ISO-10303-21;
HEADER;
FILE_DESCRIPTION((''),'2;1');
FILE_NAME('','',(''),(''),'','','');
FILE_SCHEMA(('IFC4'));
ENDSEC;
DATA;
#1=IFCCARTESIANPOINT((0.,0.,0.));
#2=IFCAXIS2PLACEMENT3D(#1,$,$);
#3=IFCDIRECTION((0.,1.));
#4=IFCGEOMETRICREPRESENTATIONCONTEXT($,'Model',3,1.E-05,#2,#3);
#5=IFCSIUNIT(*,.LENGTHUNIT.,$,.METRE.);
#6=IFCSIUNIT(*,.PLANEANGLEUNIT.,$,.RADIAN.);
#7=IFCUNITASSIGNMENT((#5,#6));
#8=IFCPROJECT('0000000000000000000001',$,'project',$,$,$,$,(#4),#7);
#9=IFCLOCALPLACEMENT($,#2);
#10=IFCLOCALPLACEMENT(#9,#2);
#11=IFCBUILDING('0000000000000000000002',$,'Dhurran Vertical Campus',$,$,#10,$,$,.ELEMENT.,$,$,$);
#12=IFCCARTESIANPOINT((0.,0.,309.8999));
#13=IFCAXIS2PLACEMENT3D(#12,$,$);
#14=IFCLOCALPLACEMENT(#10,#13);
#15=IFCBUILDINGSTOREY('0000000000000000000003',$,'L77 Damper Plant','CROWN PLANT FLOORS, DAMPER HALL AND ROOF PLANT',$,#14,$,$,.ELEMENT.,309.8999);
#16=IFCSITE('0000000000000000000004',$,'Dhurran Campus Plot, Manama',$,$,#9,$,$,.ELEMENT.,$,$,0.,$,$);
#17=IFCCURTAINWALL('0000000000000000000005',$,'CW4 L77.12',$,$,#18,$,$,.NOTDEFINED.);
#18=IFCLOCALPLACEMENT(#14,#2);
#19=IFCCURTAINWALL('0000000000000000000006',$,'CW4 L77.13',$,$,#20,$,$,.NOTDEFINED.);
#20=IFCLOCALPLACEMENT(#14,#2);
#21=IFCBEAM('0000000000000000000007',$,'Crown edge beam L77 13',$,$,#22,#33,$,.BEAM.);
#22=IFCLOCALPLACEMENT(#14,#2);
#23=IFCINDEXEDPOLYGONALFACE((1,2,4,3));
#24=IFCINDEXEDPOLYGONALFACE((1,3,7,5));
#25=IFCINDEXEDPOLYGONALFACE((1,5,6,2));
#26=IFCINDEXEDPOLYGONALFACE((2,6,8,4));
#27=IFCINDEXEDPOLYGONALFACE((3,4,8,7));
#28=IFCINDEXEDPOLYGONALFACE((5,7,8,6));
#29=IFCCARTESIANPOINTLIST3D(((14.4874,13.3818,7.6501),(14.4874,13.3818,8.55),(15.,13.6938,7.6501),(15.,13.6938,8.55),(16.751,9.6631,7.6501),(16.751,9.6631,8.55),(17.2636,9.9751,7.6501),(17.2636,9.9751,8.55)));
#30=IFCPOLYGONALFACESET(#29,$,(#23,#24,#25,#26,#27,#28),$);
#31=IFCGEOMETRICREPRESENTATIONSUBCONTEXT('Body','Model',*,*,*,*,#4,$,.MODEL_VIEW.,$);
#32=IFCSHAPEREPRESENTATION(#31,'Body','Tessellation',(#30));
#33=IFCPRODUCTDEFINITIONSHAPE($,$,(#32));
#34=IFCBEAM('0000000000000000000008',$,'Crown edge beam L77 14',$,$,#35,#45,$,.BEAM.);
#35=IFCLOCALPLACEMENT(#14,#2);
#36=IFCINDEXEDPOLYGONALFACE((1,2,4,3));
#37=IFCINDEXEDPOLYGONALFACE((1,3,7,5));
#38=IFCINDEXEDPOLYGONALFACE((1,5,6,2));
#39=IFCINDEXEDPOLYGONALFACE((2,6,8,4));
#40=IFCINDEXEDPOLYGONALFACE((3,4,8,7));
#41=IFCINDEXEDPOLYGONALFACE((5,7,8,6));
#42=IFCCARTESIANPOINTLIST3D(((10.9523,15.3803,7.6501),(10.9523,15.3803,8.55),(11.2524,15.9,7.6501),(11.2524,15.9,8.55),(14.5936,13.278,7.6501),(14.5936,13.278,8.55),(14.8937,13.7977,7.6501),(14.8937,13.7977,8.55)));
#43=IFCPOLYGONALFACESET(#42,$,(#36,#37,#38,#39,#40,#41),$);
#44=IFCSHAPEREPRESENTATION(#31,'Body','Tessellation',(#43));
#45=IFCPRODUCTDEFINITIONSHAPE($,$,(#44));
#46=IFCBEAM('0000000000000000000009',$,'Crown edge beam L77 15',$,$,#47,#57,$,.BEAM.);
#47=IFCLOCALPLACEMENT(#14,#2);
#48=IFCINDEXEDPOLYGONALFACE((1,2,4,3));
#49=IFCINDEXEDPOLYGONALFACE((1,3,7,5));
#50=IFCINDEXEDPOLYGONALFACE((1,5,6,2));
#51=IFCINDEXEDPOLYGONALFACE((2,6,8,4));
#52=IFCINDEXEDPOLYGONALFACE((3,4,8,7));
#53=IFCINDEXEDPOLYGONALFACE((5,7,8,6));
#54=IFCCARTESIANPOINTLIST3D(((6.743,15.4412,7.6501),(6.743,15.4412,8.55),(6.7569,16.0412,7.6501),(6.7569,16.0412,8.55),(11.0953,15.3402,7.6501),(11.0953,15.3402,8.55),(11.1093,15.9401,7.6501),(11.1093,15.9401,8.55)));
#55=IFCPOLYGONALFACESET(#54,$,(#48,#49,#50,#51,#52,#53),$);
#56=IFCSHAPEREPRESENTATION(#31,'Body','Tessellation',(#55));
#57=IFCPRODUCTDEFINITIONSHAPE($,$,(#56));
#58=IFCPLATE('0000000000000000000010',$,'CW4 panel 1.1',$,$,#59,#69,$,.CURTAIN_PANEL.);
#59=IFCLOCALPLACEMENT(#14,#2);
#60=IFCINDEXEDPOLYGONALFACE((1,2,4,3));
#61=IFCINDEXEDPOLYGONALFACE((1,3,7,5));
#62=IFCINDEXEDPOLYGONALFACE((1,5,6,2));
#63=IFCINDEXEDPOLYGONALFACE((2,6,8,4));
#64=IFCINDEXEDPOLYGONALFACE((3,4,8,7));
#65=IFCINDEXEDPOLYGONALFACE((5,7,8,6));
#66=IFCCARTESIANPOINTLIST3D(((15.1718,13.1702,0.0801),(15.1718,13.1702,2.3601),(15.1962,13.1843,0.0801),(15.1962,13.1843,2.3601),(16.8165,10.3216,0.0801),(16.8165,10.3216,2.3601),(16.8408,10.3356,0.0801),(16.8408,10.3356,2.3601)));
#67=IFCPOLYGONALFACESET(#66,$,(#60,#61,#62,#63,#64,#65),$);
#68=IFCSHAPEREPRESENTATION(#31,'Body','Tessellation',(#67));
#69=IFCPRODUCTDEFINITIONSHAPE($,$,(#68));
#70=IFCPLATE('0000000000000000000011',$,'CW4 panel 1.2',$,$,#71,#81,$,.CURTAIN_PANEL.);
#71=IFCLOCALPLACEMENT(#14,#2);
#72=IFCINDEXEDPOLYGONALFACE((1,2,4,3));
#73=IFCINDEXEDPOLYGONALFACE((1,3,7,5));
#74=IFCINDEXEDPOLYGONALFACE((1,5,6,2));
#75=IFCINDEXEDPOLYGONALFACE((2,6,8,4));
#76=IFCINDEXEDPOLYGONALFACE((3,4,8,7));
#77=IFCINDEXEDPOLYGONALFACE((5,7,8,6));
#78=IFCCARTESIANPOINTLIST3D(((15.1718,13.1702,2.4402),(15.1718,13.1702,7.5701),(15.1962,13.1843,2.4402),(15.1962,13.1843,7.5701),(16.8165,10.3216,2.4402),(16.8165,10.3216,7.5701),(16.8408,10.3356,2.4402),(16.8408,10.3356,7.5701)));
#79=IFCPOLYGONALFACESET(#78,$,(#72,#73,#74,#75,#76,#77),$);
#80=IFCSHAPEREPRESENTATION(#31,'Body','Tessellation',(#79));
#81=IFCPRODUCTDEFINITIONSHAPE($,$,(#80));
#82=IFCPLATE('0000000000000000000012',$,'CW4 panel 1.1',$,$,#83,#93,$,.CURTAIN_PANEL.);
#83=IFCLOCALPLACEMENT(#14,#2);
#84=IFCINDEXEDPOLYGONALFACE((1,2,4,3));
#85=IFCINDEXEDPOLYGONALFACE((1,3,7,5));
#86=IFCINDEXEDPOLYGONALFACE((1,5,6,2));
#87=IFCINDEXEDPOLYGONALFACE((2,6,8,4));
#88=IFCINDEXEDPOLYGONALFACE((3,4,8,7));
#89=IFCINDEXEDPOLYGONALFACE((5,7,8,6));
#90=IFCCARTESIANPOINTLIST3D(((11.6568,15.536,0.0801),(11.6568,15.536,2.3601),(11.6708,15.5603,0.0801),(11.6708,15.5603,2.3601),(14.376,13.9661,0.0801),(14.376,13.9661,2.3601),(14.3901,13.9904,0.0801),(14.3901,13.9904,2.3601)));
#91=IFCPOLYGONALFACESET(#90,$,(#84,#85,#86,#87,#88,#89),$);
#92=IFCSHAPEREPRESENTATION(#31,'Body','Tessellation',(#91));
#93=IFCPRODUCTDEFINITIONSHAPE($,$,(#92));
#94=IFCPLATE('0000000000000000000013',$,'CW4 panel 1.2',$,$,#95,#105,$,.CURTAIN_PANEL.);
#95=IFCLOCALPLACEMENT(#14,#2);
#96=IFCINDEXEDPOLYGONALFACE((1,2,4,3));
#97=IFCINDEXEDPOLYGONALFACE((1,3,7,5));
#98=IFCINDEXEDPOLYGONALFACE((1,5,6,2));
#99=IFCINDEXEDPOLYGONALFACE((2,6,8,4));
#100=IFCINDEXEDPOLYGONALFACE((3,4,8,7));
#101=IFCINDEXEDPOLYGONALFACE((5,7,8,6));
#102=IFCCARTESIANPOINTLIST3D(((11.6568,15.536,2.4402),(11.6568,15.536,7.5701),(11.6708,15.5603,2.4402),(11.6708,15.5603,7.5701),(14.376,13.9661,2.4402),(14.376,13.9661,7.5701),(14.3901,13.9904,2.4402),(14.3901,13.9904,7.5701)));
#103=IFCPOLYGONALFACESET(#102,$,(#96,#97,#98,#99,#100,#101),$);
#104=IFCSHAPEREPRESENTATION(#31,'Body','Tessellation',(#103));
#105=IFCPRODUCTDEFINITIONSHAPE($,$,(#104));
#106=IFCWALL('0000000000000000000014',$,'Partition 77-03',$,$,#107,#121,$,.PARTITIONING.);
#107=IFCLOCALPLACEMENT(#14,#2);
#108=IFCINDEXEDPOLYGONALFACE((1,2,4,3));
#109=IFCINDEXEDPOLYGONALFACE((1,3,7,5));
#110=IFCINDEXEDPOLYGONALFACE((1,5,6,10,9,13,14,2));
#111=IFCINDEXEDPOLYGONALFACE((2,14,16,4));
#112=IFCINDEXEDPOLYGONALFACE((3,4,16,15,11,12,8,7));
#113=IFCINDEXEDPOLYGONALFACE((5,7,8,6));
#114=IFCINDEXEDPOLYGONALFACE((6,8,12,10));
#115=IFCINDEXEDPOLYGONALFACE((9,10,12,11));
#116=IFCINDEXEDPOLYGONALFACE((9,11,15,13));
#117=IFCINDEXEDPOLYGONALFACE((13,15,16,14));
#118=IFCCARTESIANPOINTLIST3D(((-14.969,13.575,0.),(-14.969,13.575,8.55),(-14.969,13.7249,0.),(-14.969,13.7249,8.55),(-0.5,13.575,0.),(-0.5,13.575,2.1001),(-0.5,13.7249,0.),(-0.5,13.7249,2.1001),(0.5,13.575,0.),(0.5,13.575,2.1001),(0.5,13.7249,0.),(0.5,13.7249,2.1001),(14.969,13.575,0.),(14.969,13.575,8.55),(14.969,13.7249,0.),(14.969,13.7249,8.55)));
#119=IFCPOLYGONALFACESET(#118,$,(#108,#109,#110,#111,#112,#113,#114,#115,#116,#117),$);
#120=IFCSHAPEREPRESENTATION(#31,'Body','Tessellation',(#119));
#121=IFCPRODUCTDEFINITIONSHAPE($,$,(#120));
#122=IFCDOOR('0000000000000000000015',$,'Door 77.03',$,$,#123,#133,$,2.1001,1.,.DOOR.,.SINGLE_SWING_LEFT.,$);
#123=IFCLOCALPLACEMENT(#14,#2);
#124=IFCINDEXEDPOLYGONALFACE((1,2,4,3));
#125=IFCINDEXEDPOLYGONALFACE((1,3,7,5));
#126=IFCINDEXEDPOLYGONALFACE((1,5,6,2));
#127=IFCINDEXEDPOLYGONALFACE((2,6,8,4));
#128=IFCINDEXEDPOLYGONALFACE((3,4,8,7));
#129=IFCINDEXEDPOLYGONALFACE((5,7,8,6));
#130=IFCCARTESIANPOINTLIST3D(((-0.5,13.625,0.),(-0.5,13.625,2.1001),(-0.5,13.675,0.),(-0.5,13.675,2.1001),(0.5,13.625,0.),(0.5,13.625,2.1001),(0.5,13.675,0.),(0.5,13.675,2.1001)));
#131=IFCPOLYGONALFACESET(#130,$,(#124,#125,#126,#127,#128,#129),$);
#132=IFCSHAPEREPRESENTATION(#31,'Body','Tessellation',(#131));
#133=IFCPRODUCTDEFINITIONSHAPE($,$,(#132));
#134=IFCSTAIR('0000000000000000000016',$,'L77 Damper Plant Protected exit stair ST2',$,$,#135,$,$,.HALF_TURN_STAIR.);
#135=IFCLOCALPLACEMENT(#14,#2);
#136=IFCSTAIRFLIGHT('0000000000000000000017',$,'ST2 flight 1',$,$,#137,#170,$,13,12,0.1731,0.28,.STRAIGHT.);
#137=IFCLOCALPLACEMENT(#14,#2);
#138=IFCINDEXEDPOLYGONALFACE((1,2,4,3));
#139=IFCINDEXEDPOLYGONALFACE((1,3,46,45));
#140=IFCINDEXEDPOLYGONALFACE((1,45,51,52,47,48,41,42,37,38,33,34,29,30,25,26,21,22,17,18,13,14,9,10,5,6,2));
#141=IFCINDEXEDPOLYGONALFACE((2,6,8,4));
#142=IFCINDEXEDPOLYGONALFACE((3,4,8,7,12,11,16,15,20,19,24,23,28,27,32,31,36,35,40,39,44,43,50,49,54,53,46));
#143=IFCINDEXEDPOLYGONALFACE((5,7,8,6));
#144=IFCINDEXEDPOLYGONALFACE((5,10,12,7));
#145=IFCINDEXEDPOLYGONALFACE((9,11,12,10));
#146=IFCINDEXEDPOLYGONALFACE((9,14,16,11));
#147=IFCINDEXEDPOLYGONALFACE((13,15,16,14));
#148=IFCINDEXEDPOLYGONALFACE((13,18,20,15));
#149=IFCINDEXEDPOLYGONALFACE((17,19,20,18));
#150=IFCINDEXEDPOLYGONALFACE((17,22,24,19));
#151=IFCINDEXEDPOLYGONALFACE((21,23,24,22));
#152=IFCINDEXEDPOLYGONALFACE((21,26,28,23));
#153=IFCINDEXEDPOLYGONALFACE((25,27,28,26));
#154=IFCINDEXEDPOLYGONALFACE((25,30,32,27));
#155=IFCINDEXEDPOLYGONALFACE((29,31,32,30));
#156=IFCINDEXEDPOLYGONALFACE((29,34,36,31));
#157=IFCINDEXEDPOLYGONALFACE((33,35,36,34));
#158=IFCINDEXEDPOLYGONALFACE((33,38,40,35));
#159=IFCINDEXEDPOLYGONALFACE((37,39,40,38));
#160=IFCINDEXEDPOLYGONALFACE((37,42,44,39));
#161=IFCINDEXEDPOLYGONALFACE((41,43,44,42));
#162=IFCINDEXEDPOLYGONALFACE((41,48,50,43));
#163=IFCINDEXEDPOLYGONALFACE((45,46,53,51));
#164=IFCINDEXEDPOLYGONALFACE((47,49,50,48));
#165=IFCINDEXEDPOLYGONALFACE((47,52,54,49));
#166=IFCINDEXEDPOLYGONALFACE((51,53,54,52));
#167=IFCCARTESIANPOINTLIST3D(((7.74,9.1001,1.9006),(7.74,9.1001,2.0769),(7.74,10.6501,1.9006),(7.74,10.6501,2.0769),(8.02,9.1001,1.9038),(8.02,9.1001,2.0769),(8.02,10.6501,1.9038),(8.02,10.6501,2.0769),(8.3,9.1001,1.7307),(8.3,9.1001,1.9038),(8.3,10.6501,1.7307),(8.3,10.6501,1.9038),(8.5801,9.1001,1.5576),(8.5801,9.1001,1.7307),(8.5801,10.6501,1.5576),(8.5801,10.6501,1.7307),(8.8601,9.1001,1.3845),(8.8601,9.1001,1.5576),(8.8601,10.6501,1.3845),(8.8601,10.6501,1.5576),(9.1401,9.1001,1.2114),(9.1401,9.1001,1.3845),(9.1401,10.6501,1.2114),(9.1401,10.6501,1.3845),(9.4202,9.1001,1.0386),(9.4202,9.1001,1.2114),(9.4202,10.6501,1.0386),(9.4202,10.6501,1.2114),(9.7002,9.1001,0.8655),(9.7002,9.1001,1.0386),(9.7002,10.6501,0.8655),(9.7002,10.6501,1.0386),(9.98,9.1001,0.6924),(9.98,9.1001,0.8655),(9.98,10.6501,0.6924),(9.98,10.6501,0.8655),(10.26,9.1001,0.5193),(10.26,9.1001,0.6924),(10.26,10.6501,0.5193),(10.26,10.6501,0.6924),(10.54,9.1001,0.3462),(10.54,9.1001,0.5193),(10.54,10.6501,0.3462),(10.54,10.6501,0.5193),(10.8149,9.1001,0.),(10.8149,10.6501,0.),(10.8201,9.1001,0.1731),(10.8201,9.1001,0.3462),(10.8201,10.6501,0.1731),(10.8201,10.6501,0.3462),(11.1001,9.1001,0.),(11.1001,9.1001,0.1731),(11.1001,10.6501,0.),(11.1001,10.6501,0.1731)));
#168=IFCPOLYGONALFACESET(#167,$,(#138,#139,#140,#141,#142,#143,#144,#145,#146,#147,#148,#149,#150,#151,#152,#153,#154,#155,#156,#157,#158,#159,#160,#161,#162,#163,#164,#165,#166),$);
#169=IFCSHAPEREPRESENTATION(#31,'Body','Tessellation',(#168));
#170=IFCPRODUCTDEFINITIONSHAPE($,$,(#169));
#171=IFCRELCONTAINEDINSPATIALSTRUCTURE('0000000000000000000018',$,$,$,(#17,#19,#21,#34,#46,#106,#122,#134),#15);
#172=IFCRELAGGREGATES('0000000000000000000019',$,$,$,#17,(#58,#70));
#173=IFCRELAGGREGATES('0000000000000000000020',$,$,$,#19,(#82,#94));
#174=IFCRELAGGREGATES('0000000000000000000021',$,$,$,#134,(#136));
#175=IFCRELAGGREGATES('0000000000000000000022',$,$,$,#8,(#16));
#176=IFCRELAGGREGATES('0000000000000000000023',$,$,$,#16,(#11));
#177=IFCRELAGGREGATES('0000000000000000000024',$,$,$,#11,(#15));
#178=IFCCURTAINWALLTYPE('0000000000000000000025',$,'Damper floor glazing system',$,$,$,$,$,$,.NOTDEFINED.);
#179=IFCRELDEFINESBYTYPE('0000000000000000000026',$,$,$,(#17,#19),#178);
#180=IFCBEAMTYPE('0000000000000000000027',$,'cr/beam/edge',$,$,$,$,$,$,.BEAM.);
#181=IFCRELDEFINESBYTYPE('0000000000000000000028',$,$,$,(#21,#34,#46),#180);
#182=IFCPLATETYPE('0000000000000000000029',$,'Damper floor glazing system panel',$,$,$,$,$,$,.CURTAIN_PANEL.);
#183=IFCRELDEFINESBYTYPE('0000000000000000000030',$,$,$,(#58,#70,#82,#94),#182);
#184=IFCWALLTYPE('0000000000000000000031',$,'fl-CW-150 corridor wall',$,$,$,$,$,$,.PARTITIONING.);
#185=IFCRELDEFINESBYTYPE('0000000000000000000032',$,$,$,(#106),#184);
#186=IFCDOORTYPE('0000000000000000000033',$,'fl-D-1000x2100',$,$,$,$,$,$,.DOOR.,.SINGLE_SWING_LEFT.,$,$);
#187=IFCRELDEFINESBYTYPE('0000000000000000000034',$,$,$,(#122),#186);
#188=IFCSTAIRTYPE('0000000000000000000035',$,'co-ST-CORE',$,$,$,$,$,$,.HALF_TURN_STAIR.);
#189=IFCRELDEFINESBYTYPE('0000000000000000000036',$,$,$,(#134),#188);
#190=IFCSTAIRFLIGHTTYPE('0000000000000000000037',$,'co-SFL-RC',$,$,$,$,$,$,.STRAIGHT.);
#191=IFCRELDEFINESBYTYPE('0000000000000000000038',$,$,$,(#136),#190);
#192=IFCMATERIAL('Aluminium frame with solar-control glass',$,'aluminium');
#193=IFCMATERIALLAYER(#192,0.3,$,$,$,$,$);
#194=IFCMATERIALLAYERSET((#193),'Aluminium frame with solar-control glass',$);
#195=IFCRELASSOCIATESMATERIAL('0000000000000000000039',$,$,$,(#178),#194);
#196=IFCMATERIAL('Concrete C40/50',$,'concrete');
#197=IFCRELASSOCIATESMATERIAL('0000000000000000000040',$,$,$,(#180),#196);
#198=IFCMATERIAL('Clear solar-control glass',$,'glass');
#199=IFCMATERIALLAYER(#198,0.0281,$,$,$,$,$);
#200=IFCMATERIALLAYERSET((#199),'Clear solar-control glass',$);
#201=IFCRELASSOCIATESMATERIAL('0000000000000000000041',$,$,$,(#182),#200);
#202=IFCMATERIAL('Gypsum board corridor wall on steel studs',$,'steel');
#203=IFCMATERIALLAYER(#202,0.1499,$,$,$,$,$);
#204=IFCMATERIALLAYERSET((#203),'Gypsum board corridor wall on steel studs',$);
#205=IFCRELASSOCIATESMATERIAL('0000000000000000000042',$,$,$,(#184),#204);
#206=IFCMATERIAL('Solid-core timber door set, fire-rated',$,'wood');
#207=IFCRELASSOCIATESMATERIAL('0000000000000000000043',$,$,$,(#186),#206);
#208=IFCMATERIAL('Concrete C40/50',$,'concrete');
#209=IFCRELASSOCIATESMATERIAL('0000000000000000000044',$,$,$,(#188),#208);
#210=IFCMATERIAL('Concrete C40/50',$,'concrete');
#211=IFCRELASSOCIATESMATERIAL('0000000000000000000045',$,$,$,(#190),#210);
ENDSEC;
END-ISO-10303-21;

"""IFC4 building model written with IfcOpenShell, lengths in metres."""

from ifc_helpers import new_model, si_unit, direction, frame, frame_2d, origin, origin_2d, place, context, subcontext, project, spatial, polyline, rectangle, outline, extrude, material, layer, layer_set, material_profile, profile_set, type_object, element, fill, aggregate, save


model = new_model("IFC4")

# Units and contexts
model_context = context("Model", 3, precision=1e-05, world=origin(), true_north=direction((0.0, 1.0)))
body_context = subcontext(model_context, "Body", "Model", "MODEL_VIEW")
ifc_project = project(units=[si_unit("LENGTHUNIT", "METRE"), si_unit("PLANEANGLEUNIT", "RADIAN")], contexts=[model_context])

# Site, building, storey
site_placement = place(None, origin())
site = spatial("IfcSite", under=ifc_project, at=site_placement, Name="Dhurran Campus Plot, Manama", CompositionType="ELEMENT", RefElevation=0.0)
building_placement = place(site_placement, origin())
building = spatial("IfcBuilding", under=site, at=building_placement, Name="Dhurran Vertical Campus", CompositionType="ELEMENT")
storey_placement = place(building_placement, frame((0.0, 0.0, 309.8999)))
storey = spatial("IfcBuildingStorey", under=building, at=storey_placement, Name="L77 Damper Plant", Description="CROWN PLANT FLOORS, DAMPER HALL AND ROOF PLANT", CompositionType="ELEMENT", Elevation=309.8999)

# Shared definitions
ifc_material_1 = material(Name="Aluminium frame with solar-control glass", Category="aluminium")
ifc_layer_1 = layer(ifc_material_1, 0.3)
ifc_layer_set_1 = layer_set([ifc_layer_1], Name="Aluminium frame with solar-control glass")
curtain_wall_type = type_object("IfcCurtainWallType", Name="Damper floor glazing system", PredefinedType="NOTDEFINED", material=ifc_layer_set_1)

# Curtain walls
curtain_wall_1_placement = place(storey_placement, origin())
curtain_wall_1 = element("IfcCurtainWall", 1, at=curtain_wall_1_placement, inside=storey, type_object=curtain_wall_type, Name="CW4 L77.12", PredefinedType="NOTDEFINED")
curtain_wall_2_placement = place(storey_placement, origin())
curtain_wall_2 = element("IfcCurtainWall", 2, at=curtain_wall_2_placement, inside=storey, type_object=curtain_wall_type, Name="CW4 L77.13", PredefinedType="NOTDEFINED")

# Beams
ifc_material_2 = material(Name="Concrete C40/50", Category="concrete")
ifc_material_profile_1 = material_profile(ifc_material_2, rectangle(XDim=0.6001, YDim=0.8999, at=origin_2d()), Name="cr/beam/edge")
ifc_profile_set_1 = profile_set([ifc_material_profile_1], Name="Concrete C40/50")
beam_type = type_object("IfcBeamType", Name="cr/beam/edge", PredefinedType="BEAM", material=ifc_profile_set_1)
beam_1_placement = place(storey_placement, frame((17.0073, 9.8191, 8.1001), z_axis=(-0.519961, 0.85419, 0.0), x_axis=(-0.85419, -0.519961, 0.0)))
element("IfcBeam", 3, at=beam_1_placement, inside=storey, type_object=beam_type, Name="Crown edge beam L77 13", PredefinedType="BEAM", context=body_context, shape_type="SweptSolid", body=[
    extrude(rectangle(XDim=0.6001, YDim=0.8999, at=origin_2d()), origin(), (0.0, 0.0, 1.0), 4.3535),
])
beam_2_placement = place(storey_placement, frame((14.7437, 13.5378, 8.1001), z_axis=(-0.86603, 0.499992, 0.0), x_axis=(-0.499992, -0.86603, 0.0)))
element("IfcBeam", 4, at=beam_2_placement, inside=storey, type_object=beam_type, Name="Crown edge beam L77 14", PredefinedType="BEAM", context=body_context, shape_type="SweptSolid", body=[
    extrude(rectangle(XDim=0.6001, YDim=0.8999, at=origin_2d()), origin(), (0.0, 0.0, 1.0), 4.2046),
])
beam_3_placement = place(storey_placement, frame((11.1023, 15.6401, 8.1001), z_axis=(-0.99973, 0.023217, 0.0), x_axis=(-0.023217, -0.99973, 0.0)))
element("IfcBeam", 5, at=beam_3_placement, inside=storey, type_object=beam_type, Name="Crown edge beam L77 15", PredefinedType="BEAM", context=body_context, shape_type="SweptSolid", body=[
    extrude(rectangle(XDim=0.6001, YDim=0.8999, at=origin_2d()), origin(), (0.0, 0.0, 1.0), 4.3535),
])

# Plates
ifc_material_3 = material(Name="Clear solar-control glass", Category="glass")
ifc_layer_2 = layer(ifc_material_3, 0.0281)
ifc_layer_set_2 = layer_set([ifc_layer_2], Name="Clear solar-control glass")
plate_type = type_object("IfcPlateType", Name="Damper floor glazing system panel", PredefinedType="CURTAIN_PANEL", material=ifc_layer_set_2)
plate_1_placement = place(storey_placement, frame((16.0063, 11.7529, 0.0801), z_axis=(0.0, 0.0, 1.0), x_axis=(-0.500009, 0.86602, 0.0)))
plate_1 = element("IfcPlate", 6, at=plate_1_placement, type_object=plate_type, Name="CW4 panel 1.1", PredefinedType="CURTAIN_PANEL", context=body_context, shape_type="SweptSolid", body=[
    extrude(rectangle(XDim=3.2893, YDim=0.0281, at=origin_2d()), origin(), (0.0, 0.0, 1.0), 2.28),
])
plate_2_placement = place(storey_placement, frame((16.0063, 11.7529, 2.4402), z_axis=(0.0, 0.0, 1.0), x_axis=(-0.500009, 0.86602, 0.0)))
plate_2 = element("IfcPlate", 7, at=plate_2_placement, type_object=plate_type, Name="CW4 panel 1.2", PredefinedType="CURTAIN_PANEL", context=body_context, shape_type="SweptSolid", body=[
    extrude(rectangle(XDim=3.2893, YDim=0.0281, at=origin_2d()), origin(), (0.0, 0.0, 1.0), 5.1299),
])
aggregate(curtain_wall_1, [plate_1, plate_2])
plate_3_placement = place(storey_placement, frame((13.0234, 14.7632, 0.0801), z_axis=(0.0, 0.0, 1.0), x_axis=(-0.866025, 0.500001, 0.0)))
plate_3 = element("IfcPlate", 8, at=plate_3_placement, type_object=plate_type, Name="CW4 panel 1.1", PredefinedType="CURTAIN_PANEL", context=body_context, shape_type="SweptSolid", body=[
    extrude(rectangle(XDim=3.1399, YDim=0.0281, at=origin_2d()), origin(), (0.0, 0.0, 1.0), 2.28),
])
plate_4_placement = place(storey_placement, frame((13.0234, 14.7632, 2.4402), z_axis=(0.0, 0.0, 1.0), x_axis=(-0.866025, 0.500001, 0.0)))
plate_4 = element("IfcPlate", 9, at=plate_4_placement, type_object=plate_type, Name="CW4 panel 1.2", PredefinedType="CURTAIN_PANEL", context=body_context, shape_type="SweptSolid", body=[
    extrude(rectangle(XDim=3.1399, YDim=0.0281, at=origin_2d()), origin(), (0.0, 0.0, 1.0), 5.1299),
])
aggregate(curtain_wall_2, [plate_3, plate_4])

# Wall, opening, door
ifc_material_4 = material(Name="Gypsum board corridor wall on steel studs", Category="steel")
ifc_layer_3 = layer(ifc_material_4, 0.1499)
ifc_layer_set_3 = layer_set([ifc_layer_3], Name="Gypsum board corridor wall on steel studs")
wall_type = type_object("IfcWallType", Name="fl-CW-150 corridor wall", PredefinedType="PARTITIONING", material=ifc_layer_set_3)
wall_placement = place(storey_placement, frame((14.969, 13.6499, 0.0), z_axis=(0.0, 0.0, 1.0), x_axis=(-1.0, 0.0, 0.0)))
wall = element("IfcWall", 10, at=wall_placement, inside=storey, type_object=wall_type, Name="Partition 77-03", PredefinedType="PARTITIONING", context=body_context, shape_type="SweptSolid", body=[
    extrude(rectangle(XDim=29.938, YDim=0.1499, at=frame_2d((14.969, 0.0))), origin(), (0.0, 0.0, 1.0), 8.55),
])
opening_placement = place(wall_placement, frame((14.469, 0.0, 0.0)))
opening = element("IfcOpeningElement", 11, at=opening_placement, cuts=wall, PredefinedType="OPENING", context=body_context, shape_type="SweptSolid", body=[
    extrude(rectangle(XDim=1.0, YDim=2.1001, at=frame_2d((0.5, 1.05))), frame((0.0, 0.085, 0.0), z_axis=(0.0, -1.0, 0.0), x_axis=(1.0, 0.0, 0.0)), (0.0, 0.0, 1.0), 0.1699),
])
ifc_material_5 = material(Name="Solid-core timber door set, fire-rated", Category="wood")
door_type = type_object("IfcDoorType", Name="fl-D-1000x2100", OperationType="SINGLE_SWING_LEFT", PredefinedType="DOOR", material=ifc_material_5)
door_placement = place(opening_placement, origin())
door = element("IfcDoor", 12, at=door_placement, inside=storey, type_object=door_type, Name="Door 77.03", OperationType="SINGLE_SWING_LEFT", OverallHeight=2.1001, OverallWidth=1.0, PredefinedType="DOOR", context=body_context, shape_type="SweptSolid", body=[
    extrude(rectangle(XDim=1.0, YDim=2.1001, at=frame_2d((0.5, 1.05))), frame((0.0, 0.0249, 0.0), z_axis=(0.0, -1.0, 0.0), x_axis=(1.0, 0.0, 0.0)), (0.0, 0.0, 1.0), 0.05),
])
fill(opening, door)

# Stair, stair flight
ifc_material_6 = material(Name="Concrete C40/50", Category="concrete")
stair_type = type_object("IfcStairType", Name="co-ST-CORE", PredefinedType="HALF_TURN_STAIR", material=ifc_material_6)
stair_placement = place(storey_placement, origin())
stair = element("IfcStair", 13, at=stair_placement, inside=storey, type_object=stair_type, Name="L77 Damper Plant Protected exit stair ST2", PredefinedType="HALF_TURN_STAIR")
ifc_material_7 = material(Name="Concrete C40/50", Category="concrete")
stair_flight_type = type_object("IfcStairFlightType", Name="co-SFL-RC", PredefinedType="STRAIGHT", material=ifc_material_7)
stair_flight_1_placement = place(storey_placement, frame((11.1001, 9.875, 0.0), z_axis=(0.0, 0.0, 1.0), x_axis=(-1.0, 0.0, 0.0)))
stair_flight_1 = element("IfcStairFlight", 14, at=stair_flight_1_placement, type_object=stair_flight_type, Name="ST2 flight 1", NumberOfRisers=13, NumberOfTreads=12, PredefinedType="STRAIGHT", RiserHeight=0.1731, TreadLength=0.28, context=body_context, shape_type="SweptSolid", body=[
    extrude(outline(polyline([(0.0, 0.0), (0.0, 0.1731), (0.28, 0.1731), (0.28, 0.3462), (0.5601, 0.3462), (0.5601, 0.5193), (0.8401, 0.5193), (0.8401, 0.6924), (1.1201, 0.6924), (1.1201, 0.8655), (1.3999, 0.8655), (1.3999, 1.0386), (1.6799, 1.0386), (1.6799, 1.2114), (1.96, 1.2114), (1.96, 1.3845), (2.24, 1.3845), (2.24, 1.5576), (2.52, 1.5576), (2.52, 1.7307), (2.8, 1.7307), (2.8, 1.9038), (3.0801, 1.9038), (3.0801, 2.0769), (3.3601, 2.0769), (3.3601, 2.25), (3.3601, 1.9006), (0.2852, 0.0), (0.0, 0.0)])), frame((0.0, 0.7749, 0.0), z_axis=(0.0, -1.0, 0.0), x_axis=(1.0, 0.0, 0.0)), (0.0, 0.0, 1.0), 1.55),
])
aggregate(stair, [stair_flight_1])

save(model, "model.ifc")
